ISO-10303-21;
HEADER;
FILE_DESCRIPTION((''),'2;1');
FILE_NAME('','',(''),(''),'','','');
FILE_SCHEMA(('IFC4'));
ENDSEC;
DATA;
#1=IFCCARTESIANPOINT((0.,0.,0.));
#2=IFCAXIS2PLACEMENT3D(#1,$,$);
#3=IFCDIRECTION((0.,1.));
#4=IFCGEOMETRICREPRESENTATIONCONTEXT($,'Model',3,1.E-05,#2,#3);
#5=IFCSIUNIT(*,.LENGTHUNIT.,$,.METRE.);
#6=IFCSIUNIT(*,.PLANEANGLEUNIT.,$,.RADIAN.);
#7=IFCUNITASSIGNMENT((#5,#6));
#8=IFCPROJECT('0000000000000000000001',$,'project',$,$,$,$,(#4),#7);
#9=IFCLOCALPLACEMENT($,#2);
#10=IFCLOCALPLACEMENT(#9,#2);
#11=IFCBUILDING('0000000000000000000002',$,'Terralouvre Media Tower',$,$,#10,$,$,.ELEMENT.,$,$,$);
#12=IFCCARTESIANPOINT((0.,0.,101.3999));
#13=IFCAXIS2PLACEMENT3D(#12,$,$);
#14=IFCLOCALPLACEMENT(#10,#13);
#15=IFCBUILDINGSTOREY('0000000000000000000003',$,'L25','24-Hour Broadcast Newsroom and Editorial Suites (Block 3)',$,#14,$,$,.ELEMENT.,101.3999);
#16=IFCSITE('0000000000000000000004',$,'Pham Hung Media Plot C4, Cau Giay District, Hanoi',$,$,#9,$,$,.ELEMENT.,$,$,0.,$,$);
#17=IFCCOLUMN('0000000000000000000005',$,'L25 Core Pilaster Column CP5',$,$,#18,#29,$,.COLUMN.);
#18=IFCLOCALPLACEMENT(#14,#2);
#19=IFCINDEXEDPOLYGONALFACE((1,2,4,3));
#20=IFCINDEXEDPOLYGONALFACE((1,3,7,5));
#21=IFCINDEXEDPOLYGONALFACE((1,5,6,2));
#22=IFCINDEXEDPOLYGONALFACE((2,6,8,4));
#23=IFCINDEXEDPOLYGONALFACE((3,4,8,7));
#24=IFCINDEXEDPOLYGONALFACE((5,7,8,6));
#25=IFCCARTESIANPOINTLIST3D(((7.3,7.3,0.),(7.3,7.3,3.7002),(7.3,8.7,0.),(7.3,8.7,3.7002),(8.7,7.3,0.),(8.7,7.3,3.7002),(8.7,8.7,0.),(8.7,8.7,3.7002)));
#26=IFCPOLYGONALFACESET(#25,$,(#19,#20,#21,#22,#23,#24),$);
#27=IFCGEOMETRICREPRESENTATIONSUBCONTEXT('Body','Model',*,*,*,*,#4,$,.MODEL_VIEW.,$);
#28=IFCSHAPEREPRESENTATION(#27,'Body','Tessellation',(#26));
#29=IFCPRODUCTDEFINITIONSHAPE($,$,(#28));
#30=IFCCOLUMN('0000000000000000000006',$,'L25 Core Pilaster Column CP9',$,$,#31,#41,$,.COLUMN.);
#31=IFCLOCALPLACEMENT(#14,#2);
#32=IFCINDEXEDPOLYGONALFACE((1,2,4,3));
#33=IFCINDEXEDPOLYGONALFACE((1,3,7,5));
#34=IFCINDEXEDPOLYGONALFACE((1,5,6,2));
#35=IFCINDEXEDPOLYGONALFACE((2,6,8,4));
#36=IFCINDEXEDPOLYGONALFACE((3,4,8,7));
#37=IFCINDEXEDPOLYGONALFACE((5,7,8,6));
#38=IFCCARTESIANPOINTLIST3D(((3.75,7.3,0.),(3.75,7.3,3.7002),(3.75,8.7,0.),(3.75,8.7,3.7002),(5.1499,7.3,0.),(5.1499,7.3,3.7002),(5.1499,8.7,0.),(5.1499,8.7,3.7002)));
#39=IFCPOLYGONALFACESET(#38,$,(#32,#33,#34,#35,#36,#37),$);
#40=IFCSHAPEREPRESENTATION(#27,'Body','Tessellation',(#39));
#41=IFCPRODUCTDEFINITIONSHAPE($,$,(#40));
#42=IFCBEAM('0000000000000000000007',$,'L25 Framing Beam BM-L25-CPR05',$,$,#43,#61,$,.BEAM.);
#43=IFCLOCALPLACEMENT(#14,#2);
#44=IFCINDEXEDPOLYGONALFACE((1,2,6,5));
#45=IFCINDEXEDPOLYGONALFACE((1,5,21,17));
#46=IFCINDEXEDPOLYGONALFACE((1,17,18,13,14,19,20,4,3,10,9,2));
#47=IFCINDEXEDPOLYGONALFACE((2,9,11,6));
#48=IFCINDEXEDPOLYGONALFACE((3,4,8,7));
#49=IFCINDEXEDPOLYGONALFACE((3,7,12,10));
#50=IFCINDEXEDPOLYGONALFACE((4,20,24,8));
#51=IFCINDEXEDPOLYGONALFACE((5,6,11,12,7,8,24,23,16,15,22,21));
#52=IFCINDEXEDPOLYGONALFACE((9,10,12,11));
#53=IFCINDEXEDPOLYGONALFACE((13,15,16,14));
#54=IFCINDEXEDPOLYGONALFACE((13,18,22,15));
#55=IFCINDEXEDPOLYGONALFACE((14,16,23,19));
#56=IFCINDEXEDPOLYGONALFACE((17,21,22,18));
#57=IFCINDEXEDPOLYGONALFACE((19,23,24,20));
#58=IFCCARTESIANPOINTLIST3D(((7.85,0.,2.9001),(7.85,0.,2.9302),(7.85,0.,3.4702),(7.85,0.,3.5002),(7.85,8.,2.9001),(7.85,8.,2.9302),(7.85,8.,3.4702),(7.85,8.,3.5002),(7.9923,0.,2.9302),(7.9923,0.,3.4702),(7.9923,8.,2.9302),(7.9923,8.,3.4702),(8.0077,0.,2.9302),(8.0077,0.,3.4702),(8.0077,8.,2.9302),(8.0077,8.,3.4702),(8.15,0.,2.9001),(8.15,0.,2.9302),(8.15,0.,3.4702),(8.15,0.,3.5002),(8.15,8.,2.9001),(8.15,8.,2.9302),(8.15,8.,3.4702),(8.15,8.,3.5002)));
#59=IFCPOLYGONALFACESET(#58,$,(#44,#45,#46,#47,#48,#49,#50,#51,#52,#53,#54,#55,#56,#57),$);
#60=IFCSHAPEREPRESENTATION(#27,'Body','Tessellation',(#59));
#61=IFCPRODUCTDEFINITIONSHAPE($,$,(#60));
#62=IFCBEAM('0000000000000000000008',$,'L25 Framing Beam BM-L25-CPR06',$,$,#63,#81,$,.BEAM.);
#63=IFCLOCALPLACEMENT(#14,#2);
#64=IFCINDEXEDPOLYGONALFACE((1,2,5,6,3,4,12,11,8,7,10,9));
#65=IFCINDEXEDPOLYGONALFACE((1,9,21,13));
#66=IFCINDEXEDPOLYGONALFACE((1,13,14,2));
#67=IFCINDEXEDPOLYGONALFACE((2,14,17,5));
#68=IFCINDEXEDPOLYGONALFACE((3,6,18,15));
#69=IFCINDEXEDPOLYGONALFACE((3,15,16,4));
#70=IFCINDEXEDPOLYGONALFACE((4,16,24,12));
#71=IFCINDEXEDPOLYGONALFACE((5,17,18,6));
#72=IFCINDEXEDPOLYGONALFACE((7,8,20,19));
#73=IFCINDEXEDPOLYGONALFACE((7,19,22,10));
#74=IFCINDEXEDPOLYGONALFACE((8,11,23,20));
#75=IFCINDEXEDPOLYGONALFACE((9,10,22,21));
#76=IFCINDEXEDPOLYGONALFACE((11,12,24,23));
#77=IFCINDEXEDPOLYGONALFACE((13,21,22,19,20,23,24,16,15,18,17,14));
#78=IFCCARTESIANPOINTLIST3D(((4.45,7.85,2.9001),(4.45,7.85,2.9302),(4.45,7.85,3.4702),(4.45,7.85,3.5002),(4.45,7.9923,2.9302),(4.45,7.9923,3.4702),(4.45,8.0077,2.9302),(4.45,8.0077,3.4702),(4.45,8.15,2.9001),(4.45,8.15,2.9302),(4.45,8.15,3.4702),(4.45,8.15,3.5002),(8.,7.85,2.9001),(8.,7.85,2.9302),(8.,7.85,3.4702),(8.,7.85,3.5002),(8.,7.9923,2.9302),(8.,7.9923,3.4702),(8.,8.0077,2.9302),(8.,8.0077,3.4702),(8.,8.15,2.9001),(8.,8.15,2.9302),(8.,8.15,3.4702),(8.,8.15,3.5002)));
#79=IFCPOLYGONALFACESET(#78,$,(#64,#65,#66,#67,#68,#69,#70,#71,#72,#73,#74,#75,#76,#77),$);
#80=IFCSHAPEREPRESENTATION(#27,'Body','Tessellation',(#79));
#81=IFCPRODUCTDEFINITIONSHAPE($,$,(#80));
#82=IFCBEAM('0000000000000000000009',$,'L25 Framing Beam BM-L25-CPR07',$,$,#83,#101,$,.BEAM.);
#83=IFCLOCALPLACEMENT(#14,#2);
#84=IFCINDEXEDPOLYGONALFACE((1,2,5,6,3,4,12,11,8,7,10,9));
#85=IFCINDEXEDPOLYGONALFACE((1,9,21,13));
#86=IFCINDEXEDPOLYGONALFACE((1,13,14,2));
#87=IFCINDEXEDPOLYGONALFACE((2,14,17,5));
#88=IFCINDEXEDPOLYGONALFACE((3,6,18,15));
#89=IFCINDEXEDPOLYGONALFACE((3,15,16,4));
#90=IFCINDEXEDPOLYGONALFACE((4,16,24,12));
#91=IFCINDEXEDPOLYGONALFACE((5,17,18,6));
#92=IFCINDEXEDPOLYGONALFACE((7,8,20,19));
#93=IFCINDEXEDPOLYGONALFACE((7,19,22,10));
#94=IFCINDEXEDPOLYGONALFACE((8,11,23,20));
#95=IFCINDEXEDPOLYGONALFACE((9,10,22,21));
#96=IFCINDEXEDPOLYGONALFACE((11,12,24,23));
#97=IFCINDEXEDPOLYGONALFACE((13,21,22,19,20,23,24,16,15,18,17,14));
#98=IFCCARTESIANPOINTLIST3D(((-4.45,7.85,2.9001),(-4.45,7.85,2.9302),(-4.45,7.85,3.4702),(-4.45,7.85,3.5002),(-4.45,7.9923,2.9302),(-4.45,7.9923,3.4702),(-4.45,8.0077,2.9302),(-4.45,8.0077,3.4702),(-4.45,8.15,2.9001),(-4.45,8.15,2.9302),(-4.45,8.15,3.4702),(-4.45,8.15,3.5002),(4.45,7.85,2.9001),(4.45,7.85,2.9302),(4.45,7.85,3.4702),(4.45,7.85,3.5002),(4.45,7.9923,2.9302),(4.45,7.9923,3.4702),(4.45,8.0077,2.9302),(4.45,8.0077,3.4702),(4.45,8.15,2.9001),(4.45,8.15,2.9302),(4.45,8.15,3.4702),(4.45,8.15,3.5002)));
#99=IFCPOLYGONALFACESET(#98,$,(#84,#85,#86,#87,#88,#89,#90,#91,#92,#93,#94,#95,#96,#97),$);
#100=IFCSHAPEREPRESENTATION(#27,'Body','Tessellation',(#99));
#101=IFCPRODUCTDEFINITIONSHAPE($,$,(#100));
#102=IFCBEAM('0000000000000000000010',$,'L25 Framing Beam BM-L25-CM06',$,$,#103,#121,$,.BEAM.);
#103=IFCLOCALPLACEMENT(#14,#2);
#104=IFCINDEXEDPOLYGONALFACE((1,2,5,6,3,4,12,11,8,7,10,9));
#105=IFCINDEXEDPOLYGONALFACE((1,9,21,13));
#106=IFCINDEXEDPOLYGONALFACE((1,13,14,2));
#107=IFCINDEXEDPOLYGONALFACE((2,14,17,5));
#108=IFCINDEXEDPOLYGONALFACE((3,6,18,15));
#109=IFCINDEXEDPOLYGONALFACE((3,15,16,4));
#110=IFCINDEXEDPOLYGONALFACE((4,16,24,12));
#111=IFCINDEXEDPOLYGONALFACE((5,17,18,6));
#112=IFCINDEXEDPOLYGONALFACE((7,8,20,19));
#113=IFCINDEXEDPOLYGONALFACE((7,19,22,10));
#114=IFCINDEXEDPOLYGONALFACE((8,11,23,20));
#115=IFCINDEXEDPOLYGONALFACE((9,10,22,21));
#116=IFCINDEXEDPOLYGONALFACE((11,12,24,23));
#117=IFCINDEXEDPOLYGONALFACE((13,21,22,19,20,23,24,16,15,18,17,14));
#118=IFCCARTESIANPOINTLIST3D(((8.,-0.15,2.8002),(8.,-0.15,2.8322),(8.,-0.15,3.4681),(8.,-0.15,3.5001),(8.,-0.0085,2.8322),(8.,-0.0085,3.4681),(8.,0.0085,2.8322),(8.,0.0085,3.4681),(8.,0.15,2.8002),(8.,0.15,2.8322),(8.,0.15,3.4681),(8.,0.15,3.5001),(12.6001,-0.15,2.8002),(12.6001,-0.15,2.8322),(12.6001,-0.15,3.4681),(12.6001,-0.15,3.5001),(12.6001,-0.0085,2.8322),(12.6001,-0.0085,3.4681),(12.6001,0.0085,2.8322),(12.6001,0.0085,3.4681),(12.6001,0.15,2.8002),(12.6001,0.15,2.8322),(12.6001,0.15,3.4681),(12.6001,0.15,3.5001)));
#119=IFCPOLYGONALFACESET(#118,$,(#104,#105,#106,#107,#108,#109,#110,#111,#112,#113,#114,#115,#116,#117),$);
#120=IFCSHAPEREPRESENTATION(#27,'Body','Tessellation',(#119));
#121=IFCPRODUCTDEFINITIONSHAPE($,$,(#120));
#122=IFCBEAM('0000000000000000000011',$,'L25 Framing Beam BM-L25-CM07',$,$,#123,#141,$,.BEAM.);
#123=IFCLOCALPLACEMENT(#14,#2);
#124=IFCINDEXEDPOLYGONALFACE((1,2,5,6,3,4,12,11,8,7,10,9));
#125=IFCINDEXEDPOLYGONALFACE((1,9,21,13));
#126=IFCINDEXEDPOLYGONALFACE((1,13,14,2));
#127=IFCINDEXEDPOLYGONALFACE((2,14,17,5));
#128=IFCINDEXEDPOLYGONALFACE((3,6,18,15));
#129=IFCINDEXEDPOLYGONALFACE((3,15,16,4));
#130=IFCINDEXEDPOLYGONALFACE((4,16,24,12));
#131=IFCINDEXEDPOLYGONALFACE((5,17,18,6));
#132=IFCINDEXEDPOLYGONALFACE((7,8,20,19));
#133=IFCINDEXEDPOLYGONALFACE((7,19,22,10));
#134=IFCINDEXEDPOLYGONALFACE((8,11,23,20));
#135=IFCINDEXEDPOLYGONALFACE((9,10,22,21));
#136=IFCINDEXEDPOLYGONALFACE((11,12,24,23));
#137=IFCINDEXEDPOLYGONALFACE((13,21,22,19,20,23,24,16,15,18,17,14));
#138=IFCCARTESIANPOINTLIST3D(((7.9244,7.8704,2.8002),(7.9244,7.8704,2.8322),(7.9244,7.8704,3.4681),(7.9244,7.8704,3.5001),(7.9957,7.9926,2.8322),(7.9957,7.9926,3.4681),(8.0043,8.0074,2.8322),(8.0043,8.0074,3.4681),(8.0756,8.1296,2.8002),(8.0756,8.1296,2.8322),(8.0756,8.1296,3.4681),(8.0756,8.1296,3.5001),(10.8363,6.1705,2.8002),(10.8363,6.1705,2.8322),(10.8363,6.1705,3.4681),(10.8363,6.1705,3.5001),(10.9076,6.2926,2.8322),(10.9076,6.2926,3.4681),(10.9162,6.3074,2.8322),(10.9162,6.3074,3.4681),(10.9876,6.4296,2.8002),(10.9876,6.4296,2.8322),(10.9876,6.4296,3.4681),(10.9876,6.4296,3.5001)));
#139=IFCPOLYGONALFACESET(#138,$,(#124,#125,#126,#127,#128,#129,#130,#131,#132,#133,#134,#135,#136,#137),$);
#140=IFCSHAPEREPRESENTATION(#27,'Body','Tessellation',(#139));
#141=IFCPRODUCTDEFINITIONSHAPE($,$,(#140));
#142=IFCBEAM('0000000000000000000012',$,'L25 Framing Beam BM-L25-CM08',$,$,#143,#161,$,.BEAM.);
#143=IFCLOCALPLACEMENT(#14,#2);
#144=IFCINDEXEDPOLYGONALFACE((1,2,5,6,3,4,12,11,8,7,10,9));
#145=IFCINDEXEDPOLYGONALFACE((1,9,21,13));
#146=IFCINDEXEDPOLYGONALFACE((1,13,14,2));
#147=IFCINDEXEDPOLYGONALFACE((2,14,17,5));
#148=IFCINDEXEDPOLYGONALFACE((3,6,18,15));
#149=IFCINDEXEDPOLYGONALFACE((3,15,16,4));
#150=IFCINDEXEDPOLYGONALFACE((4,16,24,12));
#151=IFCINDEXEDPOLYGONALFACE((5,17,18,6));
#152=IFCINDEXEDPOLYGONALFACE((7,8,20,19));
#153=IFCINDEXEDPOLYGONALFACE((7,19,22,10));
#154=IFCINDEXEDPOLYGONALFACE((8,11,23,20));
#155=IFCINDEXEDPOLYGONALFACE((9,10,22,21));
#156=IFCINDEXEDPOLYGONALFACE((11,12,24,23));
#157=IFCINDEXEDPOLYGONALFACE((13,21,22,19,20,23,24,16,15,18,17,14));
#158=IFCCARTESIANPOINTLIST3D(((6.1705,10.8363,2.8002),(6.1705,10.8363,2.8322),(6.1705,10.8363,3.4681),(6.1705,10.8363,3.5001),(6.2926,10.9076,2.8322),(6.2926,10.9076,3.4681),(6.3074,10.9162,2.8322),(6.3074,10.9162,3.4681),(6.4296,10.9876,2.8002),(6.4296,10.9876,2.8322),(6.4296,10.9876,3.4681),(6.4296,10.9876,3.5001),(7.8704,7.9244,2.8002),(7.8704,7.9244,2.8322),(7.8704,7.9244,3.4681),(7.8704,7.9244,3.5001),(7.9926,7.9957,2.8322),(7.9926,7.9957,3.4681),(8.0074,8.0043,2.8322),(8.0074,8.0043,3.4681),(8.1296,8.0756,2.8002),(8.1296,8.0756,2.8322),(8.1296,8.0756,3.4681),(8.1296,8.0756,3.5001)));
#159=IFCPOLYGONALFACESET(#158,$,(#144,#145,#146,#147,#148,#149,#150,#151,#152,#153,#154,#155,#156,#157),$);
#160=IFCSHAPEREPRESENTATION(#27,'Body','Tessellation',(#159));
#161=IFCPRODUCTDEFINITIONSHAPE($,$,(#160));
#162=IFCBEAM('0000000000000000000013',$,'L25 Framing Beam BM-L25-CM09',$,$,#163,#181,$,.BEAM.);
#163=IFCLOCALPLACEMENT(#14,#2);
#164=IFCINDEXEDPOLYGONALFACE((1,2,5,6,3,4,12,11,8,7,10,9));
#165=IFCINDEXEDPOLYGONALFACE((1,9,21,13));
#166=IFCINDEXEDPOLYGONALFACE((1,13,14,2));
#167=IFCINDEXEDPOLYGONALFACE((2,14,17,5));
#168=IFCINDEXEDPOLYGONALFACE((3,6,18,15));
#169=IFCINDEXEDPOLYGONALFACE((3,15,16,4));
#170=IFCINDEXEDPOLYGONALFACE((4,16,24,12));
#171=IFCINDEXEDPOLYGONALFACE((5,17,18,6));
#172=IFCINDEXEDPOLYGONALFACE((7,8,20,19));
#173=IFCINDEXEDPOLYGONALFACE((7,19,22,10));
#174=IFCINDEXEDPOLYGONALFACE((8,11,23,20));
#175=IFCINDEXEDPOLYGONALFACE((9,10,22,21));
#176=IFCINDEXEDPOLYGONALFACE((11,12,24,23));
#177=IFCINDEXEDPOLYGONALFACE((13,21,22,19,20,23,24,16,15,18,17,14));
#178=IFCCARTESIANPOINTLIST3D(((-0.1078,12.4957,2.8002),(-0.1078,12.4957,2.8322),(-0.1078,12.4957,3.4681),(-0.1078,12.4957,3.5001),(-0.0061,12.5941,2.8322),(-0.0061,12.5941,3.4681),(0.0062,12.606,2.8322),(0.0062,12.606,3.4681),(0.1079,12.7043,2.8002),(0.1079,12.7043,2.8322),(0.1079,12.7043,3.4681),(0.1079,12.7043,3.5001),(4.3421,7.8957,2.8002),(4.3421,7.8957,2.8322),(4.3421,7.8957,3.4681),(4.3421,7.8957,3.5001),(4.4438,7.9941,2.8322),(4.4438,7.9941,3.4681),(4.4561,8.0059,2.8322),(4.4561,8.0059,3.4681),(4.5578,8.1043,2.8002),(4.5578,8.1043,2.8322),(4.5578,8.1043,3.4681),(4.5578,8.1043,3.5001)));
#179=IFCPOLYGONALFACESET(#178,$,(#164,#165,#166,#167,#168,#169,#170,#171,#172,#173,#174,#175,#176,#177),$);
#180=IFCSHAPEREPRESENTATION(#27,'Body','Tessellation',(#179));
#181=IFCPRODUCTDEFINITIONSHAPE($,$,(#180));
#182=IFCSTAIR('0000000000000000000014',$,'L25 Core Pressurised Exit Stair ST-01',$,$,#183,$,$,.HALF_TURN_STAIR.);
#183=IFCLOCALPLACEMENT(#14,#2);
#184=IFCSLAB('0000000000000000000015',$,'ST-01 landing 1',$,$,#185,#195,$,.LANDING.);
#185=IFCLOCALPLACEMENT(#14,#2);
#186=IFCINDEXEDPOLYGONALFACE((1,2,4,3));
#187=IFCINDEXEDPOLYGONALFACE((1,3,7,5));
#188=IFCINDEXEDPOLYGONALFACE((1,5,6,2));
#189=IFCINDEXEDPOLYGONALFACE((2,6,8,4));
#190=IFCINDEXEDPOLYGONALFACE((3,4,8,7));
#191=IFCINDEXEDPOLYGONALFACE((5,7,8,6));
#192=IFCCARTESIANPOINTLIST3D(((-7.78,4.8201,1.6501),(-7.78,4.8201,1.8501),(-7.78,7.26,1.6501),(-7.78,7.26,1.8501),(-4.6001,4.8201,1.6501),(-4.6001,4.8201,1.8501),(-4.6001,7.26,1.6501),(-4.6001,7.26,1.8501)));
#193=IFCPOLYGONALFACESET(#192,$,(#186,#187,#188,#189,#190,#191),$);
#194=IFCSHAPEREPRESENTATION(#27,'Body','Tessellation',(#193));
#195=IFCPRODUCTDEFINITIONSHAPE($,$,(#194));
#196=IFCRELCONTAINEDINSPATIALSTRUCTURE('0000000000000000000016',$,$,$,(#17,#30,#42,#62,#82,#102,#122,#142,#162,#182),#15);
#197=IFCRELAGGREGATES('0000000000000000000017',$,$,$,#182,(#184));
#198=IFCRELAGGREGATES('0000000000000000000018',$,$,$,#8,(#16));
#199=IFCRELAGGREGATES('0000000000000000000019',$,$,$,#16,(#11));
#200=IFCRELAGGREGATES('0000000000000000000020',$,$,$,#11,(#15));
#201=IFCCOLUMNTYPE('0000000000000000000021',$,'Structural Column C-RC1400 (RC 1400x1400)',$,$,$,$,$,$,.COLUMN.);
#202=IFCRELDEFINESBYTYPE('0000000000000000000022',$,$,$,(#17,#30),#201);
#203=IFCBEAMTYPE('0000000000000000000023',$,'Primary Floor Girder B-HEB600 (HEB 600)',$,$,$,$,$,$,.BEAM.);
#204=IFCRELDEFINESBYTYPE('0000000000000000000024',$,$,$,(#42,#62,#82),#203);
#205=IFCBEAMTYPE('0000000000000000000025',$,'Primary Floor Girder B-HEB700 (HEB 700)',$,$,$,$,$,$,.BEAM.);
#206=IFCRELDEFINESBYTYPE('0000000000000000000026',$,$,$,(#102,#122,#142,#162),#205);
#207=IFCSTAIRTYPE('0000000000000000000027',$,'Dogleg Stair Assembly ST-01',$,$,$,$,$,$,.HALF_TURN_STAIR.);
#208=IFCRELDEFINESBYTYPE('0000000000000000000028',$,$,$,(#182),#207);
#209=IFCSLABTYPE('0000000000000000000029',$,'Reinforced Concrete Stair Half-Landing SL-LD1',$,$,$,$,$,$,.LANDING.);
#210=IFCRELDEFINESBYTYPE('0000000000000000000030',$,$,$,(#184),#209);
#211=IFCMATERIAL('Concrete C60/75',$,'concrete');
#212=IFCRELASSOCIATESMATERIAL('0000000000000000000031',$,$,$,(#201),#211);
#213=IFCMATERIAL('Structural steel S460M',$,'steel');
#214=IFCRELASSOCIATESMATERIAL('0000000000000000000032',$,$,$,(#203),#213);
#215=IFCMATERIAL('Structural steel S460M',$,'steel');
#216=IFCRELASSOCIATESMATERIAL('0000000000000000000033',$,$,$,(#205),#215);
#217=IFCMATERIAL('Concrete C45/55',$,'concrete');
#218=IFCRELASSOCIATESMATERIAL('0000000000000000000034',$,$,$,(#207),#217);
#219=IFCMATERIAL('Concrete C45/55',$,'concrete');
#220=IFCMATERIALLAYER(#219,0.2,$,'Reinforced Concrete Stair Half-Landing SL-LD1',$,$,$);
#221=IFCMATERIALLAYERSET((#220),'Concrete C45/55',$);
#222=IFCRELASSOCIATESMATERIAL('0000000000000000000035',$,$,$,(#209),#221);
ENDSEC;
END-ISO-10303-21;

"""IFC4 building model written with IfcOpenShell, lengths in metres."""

from ifc_helpers import new_model, si_unit, direction, frame, origin, origin_2d, place, context, subcontext, project, spatial, polyline, rectangle, i_section, outline, extrude, material, layer, layer_set, material_profile, profile_set, type_object, element, aggregate, save


model = new_model("IFC4")

# Units and contexts
model_context = context("Model", 3, precision=1e-05, world=origin(), true_north=direction((0.0, 1.0)))
body_context = subcontext(model_context, "Body", "Model", "MODEL_VIEW")
ifc_project = project(units=[si_unit("LENGTHUNIT", "METRE"), si_unit("PLANEANGLEUNIT", "RADIAN")], contexts=[model_context])

# Site, building, storey
site_placement = place(None, origin())
site = spatial("IfcSite", under=ifc_project, at=site_placement, Name="Pham Hung Media Plot C4, Cau Giay District, Hanoi", CompositionType="ELEMENT", RefElevation=0.0)
building_placement = place(site_placement, origin())
building = spatial("IfcBuilding", under=site, at=building_placement, Name="Terralouvre Media Tower", CompositionType="ELEMENT")
storey_placement = place(building_placement, frame((0.0, 0.0, 101.3999)))
storey = spatial("IfcBuildingStorey", under=building, at=storey_placement, Name="L25", Description="24-Hour Broadcast Newsroom and Editorial Suites (Block 3)", CompositionType="ELEMENT", Elevation=101.3999)

# Columns
ifc_material_1 = material(Name="Concrete C60/75", Category="concrete")
ifc_material_profile_1 = material_profile(ifc_material_1, rectangle(XDim=1.3999, YDim=1.3999, at=origin_2d()), Name="RC 1400x1400")
ifc_profile_set_1 = profile_set([ifc_material_profile_1], Name="Concrete C60/75")
column_type = type_object("IfcColumnType", Name="Structural Column C-RC1400 (RC 1400x1400)", PredefinedType="COLUMN", material=ifc_profile_set_1)
for number, where, z_axis, x_axis, name in (
    (1, (8.0, 8.0, 0.0), (0.0, 0.0, 1.0), (1.0, 0.0, 0.0), "L25 Core Pilaster Column CP5"),
    (2, (4.45, 8.0, 0.0), (0.0, 0.0, 1.0), (1.0, 0.0, 0.0), "L25 Core Pilaster Column CP9"),
):
    element("IfcColumn", number, at=place(storey_placement, frame(where, z_axis=z_axis, x_axis=x_axis)), inside=storey, type_object=column_type, Name=name, PredefinedType="COLUMN", context=body_context, shape_type="SweptSolid", body=[
        extrude(rectangle(XDim=1.3999, YDim=1.3999, at=origin_2d()), origin(), (0.0, 0.0, 1.0), 3.7002),
    ])

# Beams
ifc_material_2 = material(Name="Structural steel S460M", Category="steel")
ifc_material_profile_2 = material_profile(ifc_material_2, i_section(OverallWidth=0.3, OverallDepth=0.6001, WebThickness=0.0154, FlangeThickness=0.03, at=origin_2d()), Name="HEB 600")
ifc_profile_set_2 = profile_set([ifc_material_profile_2], Name="Structural steel S460M")
beam_type_1 = type_object("IfcBeamType", Name="Primary Floor Girder B-HEB600 (HEB 600)", PredefinedType="BEAM", material=ifc_profile_set_2)
beam_1_placement = place(storey_placement, frame((8.0, 0.0, 3.2002), z_axis=(0.0, 1.0, 0.0), x_axis=(-1.0, 0.0, 0.0)))
element("IfcBeam", 3, at=beam_1_placement, inside=storey, type_object=beam_type_1, Name="L25 Framing Beam BM-L25-CPR05", PredefinedType="BEAM", context=body_context, shape_type="SweptSolid", body=[
    extrude(i_section(OverallWidth=0.3, OverallDepth=0.6001, WebThickness=0.0154, FlangeThickness=0.03, at=origin_2d()), origin(), (0.0, 0.0, 1.0), 8.0),
])
beam_2_placement = place(storey_placement, frame((8.0, 8.0, 3.2002), z_axis=(-1.0, 0.0, 0.0), x_axis=(0.0, -1.0, 0.0)))
element("IfcBeam", 4, at=beam_2_placement, inside=storey, type_object=beam_type_1, Name="L25 Framing Beam BM-L25-CPR06", PredefinedType="BEAM", context=body_context, shape_type="SweptSolid", body=[
    extrude(i_section(OverallWidth=0.3, OverallDepth=0.6001, WebThickness=0.0154, FlangeThickness=0.03, at=origin_2d()), origin(), (0.0, 0.0, 1.0), 3.55),
])
beam_3_placement = place(storey_placement, frame((4.45, 8.0, 3.2002), z_axis=(-1.0, 0.0, 0.0), x_axis=(0.0, -1.0, 0.0)))
element("IfcBeam", 5, at=beam_3_placement, inside=storey, type_object=beam_type_1, Name="L25 Framing Beam BM-L25-CPR07", PredefinedType="BEAM", context=body_context, shape_type="SweptSolid", body=[
    extrude(i_section(OverallWidth=0.3, OverallDepth=0.6001, WebThickness=0.0154, FlangeThickness=0.03, at=origin_2d()), origin(), (0.0, 0.0, 1.0), 8.8999),
])
ifc_material_3 = material(Name="Structural steel S460M", Category="steel")
ifc_material_profile_3 = material_profile(ifc_material_3, i_section(OverallWidth=0.3, OverallDepth=0.7, WebThickness=0.0171, FlangeThickness=0.032, at=origin_2d()), Name="HEB 700")
ifc_profile_set_3 = profile_set([ifc_material_profile_3], Name="Structural steel S460M")
beam_type_2 = type_object("IfcBeamType", Name="Primary Floor Girder B-HEB700 (HEB 700)", PredefinedType="BEAM", material=ifc_profile_set_3)
beam_4_placement = place(storey_placement, frame((8.0, 0.0, 3.1501), z_axis=(1.0, 0.0, 0.0), x_axis=(0.0, 1.0, 0.0)))
element("IfcBeam", 6, at=beam_4_placement, inside=storey, type_object=beam_type_2, Name="L25 Framing Beam BM-L25-CM06", PredefinedType="BEAM", context=body_context, shape_type="SweptSolid", body=[
    extrude(i_section(OverallWidth=0.3, OverallDepth=0.7, WebThickness=0.0171, FlangeThickness=0.032, at=origin_2d()), origin(), (0.0, 0.0, 1.0), 4.6001),
])
for number, where, z_axis, x_axis, name in (
    (7, (8.0, 8.0, 3.1501), (0.863603, -0.504173, 0.0), (0.504173, 0.863603, 0.0), "L25 Framing Beam BM-L25-CM07"),
    (8, (8.0, 8.0, 3.1501), (-0.504173, 0.863603, 0.0), (-0.863603, -0.504173, 0.0), "L25 Framing Beam BM-L25-CM08"),
):
    element("IfcBeam", number, at=place(storey_placement, frame(where, z_axis=z_axis, x_axis=x_axis)), inside=storey, type_object=beam_type_2, Name=name, PredefinedType="BEAM", context=body_context, shape_type="SweptSolid", body=[
        extrude(i_section(OverallWidth=0.3, OverallDepth=0.7, WebThickness=0.0171, FlangeThickness=0.032, at=origin_2d()), origin(), (0.0, 0.0, 1.0), 3.3718),
    ])
beam_5_placement = place(storey_placement, frame((4.45, 8.0, 3.1501), z_axis=(-0.69528, 0.718739, 0.0), x_axis=(-0.718739, -0.69528, 0.0)))
element("IfcBeam", 9, at=beam_5_placement, inside=storey, type_object=beam_type_2, Name="L25 Framing Beam BM-L25-CM09", PredefinedType="BEAM", context=body_context, shape_type="SweptSolid", body=[
    extrude(i_section(OverallWidth=0.3, OverallDepth=0.7, WebThickness=0.0171, FlangeThickness=0.032, at=origin_2d()), origin(), (0.0, 0.0, 1.0), 6.4001),
])

# Stair, slab
ifc_material_4 = material(Name="Concrete C45/55", Category="concrete")
stair_type_1 = type_object("IfcStairType", Name="Dogleg Stair Assembly ST-01", PredefinedType="HALF_TURN_STAIR", material=ifc_material_4)
stair_1_placement = place(storey_placement, origin())
stair_1 = element("IfcStair", 10, at=stair_1_placement, inside=storey, type_object=stair_type_1, Name="L25 Core Pressurised Exit Stair ST-01", PredefinedType="HALF_TURN_STAIR")
ifc_material_5 = material(Name="Concrete C45/55", Category="concrete")
ifc_layer_1 = layer(ifc_material_5, 0.2, Name="Reinforced Concrete Stair Half-Landing SL-LD1")
ifc_layer_set_1 = layer_set([ifc_layer_1], Name="Concrete C45/55")
slab_type = type_object("IfcSlabType", Name="Reinforced Concrete Stair Half-Landing SL-LD1", PredefinedType="LANDING", material=ifc_layer_set_1)
slab_1_placement = place(storey_placement, frame((0.0, 0.0, 1.6501)))
slab_1 = element("IfcSlab", 11, at=slab_1_placement, type_object=slab_type, Name="ST-01 landing 1", PredefinedType="LANDING", context=body_context, shape_type="SweptSolid", body=[
    extrude(outline(polyline([(-4.6001, 4.8201), (-4.6001, 7.26), (-7.78, 7.26), (-7.78, 4.8201), (-4.6001, 4.8201)])), origin(), (0.0, 0.0, 1.0), 0.2),
])
aggregate(stair_1, [slab_1])

save(model, "model.ifc")
